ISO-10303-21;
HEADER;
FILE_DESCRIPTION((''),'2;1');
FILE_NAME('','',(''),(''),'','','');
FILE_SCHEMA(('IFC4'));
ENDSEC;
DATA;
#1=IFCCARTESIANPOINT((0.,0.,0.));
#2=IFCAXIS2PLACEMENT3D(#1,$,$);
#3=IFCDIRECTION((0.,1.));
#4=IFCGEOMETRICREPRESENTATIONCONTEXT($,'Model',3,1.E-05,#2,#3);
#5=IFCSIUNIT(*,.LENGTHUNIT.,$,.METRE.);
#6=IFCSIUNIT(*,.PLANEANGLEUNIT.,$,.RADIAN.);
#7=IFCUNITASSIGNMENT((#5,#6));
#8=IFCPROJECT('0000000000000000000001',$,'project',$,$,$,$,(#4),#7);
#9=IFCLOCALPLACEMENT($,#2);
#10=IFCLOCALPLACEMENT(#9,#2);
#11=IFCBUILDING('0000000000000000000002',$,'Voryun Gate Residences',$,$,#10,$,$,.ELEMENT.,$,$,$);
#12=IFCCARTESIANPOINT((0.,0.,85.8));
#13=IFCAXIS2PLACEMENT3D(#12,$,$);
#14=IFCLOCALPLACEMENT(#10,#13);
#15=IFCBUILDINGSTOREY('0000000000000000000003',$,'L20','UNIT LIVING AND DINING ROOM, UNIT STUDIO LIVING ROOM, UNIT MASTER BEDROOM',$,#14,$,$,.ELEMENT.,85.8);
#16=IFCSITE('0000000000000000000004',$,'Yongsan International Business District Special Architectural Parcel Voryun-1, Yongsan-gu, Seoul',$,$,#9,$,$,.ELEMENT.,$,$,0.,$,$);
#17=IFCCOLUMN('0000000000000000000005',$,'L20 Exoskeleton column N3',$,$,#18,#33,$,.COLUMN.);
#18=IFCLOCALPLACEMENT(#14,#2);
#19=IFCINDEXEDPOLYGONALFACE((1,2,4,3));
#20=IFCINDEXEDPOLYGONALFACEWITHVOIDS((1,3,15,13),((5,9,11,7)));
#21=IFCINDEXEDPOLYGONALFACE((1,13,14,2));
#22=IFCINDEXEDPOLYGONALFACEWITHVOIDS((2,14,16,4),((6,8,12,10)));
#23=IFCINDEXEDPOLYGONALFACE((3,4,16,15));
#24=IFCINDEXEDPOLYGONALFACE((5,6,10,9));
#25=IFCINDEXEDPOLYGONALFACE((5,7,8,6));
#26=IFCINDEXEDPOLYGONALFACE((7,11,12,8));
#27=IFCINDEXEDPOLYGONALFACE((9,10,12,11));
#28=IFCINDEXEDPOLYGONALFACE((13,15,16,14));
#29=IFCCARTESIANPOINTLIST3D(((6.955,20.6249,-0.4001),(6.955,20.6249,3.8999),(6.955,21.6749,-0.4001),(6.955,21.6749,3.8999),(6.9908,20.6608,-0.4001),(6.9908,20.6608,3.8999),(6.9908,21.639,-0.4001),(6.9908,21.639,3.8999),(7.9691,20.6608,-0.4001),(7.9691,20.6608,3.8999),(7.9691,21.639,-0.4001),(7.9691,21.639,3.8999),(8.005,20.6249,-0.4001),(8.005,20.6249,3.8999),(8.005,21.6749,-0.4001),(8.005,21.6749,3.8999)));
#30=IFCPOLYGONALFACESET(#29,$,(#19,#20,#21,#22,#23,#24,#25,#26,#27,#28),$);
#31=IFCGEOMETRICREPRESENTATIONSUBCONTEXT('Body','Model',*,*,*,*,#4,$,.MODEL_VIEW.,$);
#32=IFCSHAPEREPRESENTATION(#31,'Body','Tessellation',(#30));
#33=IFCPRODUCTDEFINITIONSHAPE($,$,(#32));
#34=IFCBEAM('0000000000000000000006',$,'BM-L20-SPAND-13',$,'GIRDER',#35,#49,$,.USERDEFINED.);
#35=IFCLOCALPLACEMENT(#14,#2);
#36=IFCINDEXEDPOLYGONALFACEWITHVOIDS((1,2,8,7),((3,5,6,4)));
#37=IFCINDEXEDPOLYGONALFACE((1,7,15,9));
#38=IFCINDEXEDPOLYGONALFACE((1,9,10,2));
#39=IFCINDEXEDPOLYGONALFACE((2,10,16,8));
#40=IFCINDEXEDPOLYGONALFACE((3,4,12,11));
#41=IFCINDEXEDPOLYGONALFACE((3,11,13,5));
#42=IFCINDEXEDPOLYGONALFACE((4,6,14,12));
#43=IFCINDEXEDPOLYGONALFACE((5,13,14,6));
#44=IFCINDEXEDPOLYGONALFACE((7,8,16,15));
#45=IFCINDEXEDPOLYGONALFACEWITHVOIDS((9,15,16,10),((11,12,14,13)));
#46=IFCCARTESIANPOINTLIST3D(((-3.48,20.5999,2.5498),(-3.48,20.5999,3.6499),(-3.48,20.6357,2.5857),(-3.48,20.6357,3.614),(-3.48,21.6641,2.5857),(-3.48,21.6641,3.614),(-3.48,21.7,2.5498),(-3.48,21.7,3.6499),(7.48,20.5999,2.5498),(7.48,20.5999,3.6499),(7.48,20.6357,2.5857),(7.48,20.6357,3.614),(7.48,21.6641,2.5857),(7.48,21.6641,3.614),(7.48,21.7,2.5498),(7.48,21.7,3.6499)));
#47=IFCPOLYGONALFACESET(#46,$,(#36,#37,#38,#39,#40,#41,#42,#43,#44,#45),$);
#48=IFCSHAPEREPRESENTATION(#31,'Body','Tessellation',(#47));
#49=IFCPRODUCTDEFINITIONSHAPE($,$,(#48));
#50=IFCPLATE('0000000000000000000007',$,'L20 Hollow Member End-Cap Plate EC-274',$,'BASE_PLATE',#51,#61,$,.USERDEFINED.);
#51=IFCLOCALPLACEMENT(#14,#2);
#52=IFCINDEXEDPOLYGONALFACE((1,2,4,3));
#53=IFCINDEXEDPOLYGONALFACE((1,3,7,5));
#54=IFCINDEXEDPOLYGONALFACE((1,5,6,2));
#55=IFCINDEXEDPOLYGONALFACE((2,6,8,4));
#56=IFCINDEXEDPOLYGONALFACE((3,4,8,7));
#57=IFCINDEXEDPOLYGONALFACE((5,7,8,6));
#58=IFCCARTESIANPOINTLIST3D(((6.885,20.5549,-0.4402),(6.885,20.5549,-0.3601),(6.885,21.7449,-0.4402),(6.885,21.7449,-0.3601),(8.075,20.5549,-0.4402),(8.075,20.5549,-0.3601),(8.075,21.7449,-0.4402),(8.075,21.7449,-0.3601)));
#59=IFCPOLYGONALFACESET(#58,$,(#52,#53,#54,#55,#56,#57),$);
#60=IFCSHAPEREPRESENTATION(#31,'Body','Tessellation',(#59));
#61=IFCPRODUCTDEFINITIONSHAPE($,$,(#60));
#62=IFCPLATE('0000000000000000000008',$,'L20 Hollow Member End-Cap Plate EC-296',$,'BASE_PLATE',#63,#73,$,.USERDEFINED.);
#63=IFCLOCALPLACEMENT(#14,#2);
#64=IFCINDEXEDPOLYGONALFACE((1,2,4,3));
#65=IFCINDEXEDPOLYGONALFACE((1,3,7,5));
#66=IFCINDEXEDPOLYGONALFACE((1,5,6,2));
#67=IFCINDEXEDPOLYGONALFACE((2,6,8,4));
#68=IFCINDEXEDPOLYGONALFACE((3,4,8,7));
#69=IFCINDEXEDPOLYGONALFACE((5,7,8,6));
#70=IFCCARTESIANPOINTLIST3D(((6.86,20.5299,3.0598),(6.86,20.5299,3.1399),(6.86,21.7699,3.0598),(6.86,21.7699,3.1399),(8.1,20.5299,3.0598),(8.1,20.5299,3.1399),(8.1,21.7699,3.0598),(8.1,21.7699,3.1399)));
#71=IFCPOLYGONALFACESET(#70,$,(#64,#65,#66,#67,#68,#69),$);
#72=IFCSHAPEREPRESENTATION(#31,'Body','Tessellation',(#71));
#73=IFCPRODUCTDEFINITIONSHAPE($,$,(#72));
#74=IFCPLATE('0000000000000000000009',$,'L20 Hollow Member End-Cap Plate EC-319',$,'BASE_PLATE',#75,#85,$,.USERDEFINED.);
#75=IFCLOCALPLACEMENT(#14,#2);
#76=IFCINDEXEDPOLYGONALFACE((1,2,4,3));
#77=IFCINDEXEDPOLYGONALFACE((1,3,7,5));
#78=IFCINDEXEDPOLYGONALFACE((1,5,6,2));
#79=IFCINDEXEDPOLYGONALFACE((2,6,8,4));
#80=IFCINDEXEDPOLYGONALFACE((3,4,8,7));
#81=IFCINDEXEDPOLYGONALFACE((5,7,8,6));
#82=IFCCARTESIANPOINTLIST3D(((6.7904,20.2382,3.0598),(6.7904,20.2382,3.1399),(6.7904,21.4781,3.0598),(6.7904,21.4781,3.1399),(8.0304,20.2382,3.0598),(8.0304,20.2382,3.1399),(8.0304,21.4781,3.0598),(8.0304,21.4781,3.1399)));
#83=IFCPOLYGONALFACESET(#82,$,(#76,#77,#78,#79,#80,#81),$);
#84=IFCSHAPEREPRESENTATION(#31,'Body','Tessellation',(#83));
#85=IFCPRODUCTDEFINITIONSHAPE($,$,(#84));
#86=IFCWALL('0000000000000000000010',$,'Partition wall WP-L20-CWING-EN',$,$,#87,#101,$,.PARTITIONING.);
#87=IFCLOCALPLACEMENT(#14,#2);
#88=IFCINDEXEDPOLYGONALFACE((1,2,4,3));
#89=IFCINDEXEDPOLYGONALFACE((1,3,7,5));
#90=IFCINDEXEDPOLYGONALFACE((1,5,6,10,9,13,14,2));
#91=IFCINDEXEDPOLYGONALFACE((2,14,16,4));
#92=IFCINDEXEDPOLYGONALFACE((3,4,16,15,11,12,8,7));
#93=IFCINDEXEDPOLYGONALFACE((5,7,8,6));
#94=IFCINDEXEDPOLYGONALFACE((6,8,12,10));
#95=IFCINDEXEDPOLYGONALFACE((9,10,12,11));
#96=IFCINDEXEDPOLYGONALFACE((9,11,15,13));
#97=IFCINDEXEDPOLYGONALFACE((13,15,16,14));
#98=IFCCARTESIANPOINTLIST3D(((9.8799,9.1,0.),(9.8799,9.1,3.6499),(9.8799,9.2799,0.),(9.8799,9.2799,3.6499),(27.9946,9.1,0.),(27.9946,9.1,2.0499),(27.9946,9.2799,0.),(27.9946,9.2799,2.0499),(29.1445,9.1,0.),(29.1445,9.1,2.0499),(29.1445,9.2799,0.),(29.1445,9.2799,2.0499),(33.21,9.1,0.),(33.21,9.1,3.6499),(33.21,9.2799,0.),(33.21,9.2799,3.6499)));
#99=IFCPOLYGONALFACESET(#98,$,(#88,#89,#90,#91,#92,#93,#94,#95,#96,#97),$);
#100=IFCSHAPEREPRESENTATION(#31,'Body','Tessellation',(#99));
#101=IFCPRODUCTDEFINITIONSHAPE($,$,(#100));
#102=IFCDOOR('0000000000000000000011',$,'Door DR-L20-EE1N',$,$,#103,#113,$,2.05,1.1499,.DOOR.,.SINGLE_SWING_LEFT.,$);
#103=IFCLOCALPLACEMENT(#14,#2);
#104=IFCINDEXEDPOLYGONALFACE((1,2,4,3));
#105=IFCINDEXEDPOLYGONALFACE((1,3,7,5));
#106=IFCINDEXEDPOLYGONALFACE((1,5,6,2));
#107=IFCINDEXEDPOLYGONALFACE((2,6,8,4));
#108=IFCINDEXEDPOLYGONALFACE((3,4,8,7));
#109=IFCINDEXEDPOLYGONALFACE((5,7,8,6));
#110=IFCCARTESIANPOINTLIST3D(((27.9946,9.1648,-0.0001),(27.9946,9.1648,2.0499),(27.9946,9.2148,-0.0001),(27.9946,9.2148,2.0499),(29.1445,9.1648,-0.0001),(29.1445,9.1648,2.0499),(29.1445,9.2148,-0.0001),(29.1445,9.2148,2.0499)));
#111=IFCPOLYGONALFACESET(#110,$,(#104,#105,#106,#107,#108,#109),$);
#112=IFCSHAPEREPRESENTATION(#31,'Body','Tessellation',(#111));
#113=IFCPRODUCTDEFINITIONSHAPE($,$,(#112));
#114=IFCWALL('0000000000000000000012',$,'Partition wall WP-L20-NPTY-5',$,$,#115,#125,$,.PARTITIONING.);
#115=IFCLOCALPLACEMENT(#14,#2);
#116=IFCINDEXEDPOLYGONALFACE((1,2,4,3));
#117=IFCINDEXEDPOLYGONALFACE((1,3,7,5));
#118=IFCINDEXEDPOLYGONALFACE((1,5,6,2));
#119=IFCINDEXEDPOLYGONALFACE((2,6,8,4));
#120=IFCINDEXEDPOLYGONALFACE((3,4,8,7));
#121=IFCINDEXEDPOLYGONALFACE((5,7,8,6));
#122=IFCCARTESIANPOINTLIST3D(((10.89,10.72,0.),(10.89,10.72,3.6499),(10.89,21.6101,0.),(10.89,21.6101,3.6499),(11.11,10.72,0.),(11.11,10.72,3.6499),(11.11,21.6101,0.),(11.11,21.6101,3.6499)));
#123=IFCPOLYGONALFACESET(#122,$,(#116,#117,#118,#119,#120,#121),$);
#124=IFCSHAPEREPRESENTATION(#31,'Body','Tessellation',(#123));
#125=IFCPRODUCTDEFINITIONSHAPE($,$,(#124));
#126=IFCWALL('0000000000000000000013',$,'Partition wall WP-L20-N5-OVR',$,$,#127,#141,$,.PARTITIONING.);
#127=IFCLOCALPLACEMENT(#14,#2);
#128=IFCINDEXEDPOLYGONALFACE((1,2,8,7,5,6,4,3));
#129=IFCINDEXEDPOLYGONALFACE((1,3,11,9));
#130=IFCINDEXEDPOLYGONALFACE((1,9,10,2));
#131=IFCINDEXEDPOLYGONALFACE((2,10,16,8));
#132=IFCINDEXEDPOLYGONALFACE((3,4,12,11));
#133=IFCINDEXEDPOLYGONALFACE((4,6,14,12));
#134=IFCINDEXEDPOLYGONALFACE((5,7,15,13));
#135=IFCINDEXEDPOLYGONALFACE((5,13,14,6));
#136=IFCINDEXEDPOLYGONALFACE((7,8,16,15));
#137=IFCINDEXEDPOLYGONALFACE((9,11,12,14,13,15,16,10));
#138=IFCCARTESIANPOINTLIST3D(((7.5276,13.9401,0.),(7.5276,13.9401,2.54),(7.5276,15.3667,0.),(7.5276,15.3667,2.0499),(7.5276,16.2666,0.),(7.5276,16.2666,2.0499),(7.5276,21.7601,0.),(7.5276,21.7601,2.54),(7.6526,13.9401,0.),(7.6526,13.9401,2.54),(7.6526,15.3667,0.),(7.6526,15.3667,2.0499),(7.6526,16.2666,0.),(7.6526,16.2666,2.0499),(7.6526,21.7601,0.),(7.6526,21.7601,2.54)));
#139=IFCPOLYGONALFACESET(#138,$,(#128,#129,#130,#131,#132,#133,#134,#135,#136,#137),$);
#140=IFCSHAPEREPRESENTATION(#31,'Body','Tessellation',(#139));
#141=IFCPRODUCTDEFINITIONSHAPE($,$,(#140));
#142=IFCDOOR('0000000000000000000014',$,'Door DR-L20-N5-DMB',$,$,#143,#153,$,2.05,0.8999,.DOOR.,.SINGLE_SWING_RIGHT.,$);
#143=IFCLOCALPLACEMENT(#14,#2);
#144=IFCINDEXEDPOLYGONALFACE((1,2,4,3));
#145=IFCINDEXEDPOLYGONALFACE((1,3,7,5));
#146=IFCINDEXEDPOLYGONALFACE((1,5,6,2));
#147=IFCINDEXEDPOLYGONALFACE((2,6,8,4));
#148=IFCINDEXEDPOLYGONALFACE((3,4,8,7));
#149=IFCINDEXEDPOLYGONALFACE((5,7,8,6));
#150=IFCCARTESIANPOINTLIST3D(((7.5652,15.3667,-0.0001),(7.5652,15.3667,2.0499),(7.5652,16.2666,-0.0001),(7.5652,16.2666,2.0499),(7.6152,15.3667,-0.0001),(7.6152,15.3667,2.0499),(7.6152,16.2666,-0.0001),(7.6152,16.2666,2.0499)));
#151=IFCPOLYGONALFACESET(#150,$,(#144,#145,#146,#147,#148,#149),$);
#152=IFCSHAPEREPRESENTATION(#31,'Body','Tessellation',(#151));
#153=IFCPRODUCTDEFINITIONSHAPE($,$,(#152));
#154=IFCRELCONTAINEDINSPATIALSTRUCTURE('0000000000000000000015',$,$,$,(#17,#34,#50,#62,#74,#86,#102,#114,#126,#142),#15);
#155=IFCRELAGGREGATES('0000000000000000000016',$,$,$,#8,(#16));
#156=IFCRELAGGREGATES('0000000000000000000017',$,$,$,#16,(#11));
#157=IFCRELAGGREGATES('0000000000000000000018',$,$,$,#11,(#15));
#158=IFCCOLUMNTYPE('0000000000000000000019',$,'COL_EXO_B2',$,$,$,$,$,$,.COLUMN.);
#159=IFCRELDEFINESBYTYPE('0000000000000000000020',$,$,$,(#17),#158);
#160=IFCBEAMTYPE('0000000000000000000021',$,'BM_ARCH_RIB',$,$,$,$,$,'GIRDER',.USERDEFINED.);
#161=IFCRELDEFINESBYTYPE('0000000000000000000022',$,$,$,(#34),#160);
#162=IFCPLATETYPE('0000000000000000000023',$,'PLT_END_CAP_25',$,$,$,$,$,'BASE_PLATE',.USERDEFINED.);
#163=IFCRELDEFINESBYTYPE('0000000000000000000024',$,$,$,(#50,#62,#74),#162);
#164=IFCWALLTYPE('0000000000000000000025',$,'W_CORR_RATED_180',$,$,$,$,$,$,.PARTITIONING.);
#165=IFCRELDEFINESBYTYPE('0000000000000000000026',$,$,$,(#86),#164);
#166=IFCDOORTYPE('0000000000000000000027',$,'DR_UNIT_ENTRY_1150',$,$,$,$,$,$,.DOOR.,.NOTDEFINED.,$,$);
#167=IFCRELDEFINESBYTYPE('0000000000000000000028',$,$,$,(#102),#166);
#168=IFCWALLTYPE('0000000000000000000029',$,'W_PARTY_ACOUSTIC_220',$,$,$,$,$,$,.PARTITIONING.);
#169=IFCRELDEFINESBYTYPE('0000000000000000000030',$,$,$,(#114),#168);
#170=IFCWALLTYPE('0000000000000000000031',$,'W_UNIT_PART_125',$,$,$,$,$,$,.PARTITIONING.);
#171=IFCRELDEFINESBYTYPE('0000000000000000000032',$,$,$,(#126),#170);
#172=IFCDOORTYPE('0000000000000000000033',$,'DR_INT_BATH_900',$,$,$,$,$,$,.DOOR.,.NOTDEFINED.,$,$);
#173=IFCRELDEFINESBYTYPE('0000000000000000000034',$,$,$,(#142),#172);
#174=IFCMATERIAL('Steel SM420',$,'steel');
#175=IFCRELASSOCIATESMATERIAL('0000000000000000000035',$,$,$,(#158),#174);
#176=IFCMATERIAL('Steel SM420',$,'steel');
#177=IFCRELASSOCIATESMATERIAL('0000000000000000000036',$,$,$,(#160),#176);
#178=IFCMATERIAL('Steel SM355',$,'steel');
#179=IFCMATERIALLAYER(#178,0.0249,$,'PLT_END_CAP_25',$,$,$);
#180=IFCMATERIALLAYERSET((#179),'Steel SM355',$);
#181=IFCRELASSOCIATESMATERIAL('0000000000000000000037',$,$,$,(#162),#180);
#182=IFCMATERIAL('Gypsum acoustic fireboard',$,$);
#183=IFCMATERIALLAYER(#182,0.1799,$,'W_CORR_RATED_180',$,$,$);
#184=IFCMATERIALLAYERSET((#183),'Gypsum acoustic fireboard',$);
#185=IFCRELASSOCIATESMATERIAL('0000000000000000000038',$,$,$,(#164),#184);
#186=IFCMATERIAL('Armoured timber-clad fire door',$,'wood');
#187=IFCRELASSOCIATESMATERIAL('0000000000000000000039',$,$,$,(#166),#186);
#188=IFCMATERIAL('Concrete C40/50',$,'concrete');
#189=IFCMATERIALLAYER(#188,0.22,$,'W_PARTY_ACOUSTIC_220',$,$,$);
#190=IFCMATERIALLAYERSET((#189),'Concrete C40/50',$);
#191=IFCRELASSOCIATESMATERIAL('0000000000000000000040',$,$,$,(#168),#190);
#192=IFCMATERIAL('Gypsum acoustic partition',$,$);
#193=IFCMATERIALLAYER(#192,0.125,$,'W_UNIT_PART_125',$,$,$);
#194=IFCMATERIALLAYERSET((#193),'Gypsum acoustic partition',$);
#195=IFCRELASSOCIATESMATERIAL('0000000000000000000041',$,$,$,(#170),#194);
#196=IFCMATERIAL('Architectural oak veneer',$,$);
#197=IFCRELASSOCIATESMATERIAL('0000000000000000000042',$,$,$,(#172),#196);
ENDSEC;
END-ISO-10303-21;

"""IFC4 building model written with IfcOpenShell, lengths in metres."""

from ifc_helpers import new_model, si_unit, direction, frame, frame_2d, origin, origin_2d, place, context, subcontext, project, spatial, rectangle, hollow_rectangle, extrude, material, layer, layer_set, material_profile, profile_set, type_object, element, fill, save


model = new_model("IFC4")

# Units and contexts
model_context = context("Model", 3, precision=1e-05, world=origin(), true_north=direction((0.0, 1.0)))
body_context = subcontext(model_context, "Body", "Model", "MODEL_VIEW")
ifc_project = project(units=[si_unit("LENGTHUNIT", "METRE"), si_unit("PLANEANGLEUNIT", "RADIAN")], contexts=[model_context])

# Site, building, storey
site_placement = place(None, origin())
site = spatial("IfcSite", under=ifc_project, at=site_placement, Name="Yongsan International Business District Special Architectural Parcel Voryun-1, Yongsan-gu, Seoul", CompositionType="ELEMENT", RefElevation=0.0)
building_placement = place(site_placement, origin())
building = spatial("IfcBuilding", under=site, at=building_placement, Name="Voryun Gate Residences", CompositionType="ELEMENT")
storey_placement = place(building_placement, frame((0.0, 0.0, 85.8)))
storey = spatial("IfcBuildingStorey", under=building, at=storey_placement, Name="L20", Description="UNIT LIVING AND DINING ROOM, UNIT STUDIO LIVING ROOM, UNIT MASTER BEDROOM", CompositionType="ELEMENT", Elevation=85.8)

# Column
ifc_material_1 = material(Name="Steel SM420", Category="steel")
ifc_material_profile_1 = material_profile(ifc_material_1, hollow_rectangle(XDim=1.05, YDim=1.05, WallThickness=0.0359, at=origin_2d()), Name="BOX-1050x1050x36")
ifc_profile_set_1 = profile_set([ifc_material_profile_1], Name="Steel SM420")
column_type = type_object("IfcColumnType", Name="COL_EXO_B2", PredefinedType="COLUMN", material=ifc_profile_set_1)
column_placement = place(storey_placement, frame((7.48, 21.1499, -0.4001), z_axis=(0.0, 0.0, 1.0), x_axis=(1.0, 0.0, 0.0)))
element("IfcColumn", 1, at=column_placement, inside=storey, type_object=column_type, Name="L20 Exoskeleton column N3", PredefinedType="COLUMN", context=body_context, shape_type="SweptSolid", body=[
    extrude(hollow_rectangle(XDim=1.05, YDim=1.05, WallThickness=0.0359, at=origin_2d()), origin(), (0.0, 0.0, 1.0), 4.3),
])

# Beam
ifc_material_2 = material(Name="Steel SM420", Category="steel")
ifc_material_profile_2 = material_profile(ifc_material_2, hollow_rectangle(XDim=1.1001, YDim=1.1001, WallThickness=0.0359, at=origin_2d()), Name="BOX-1100x1100x36")
ifc_profile_set_2 = profile_set([ifc_material_profile_2], Name="Steel SM420")
beam_type = type_object("IfcBeamType", Name="BM_ARCH_RIB", ElementType="GIRDER", PredefinedType="USERDEFINED", material=ifc_profile_set_2)
beam_placement = place(storey_placement, frame((7.48, 21.1499, 3.0999), z_axis=(-1.0, 0.0, 0.0), x_axis=(0.0, -1.0, 0.0)))
element("IfcBeam", 2, at=beam_placement, inside=storey, type_object=beam_type, Name="BM-L20-SPAND-13", ObjectType="GIRDER", PredefinedType="USERDEFINED", context=body_context, shape_type="SweptSolid", body=[
    extrude(hollow_rectangle(XDim=1.1001, YDim=1.1001, WallThickness=0.0359, at=origin_2d()), origin(), (0.0, 0.0, 1.0), 10.96),
])

# Plates
ifc_material_3 = material(Name="Steel SM355", Category="steel")
ifc_layer_1 = layer(ifc_material_3, 0.0249, Name="PLT_END_CAP_25")
ifc_layer_set_1 = layer_set([ifc_layer_1], Name="Steel SM355")
plate_type = type_object("IfcPlateType", Name="PLT_END_CAP_25", ElementType="BASE_PLATE", PredefinedType="USERDEFINED", material=ifc_layer_set_1)
plate_placement = place(storey_placement, frame((7.48, 21.1499, -0.4402), z_axis=(0.0, 0.0, 1.0), x_axis=(1.0, 0.0, 0.0)))
element("IfcPlate", 3, at=plate_placement, inside=storey, type_object=plate_type, Name="L20 Hollow Member End-Cap Plate EC-274", ObjectType="BASE_PLATE", PredefinedType="USERDEFINED", context=body_context, shape_type="SweptSolid", body=[
    extrude(rectangle(XDim=1.1899, YDim=1.1899, at=origin_2d()), origin(), (0.0, 0.0, 1.0), 0.0801),
])
for number, where, z_axis, x_axis, name in (
    (4, (7.48, 21.1499, 3.0598), (0.0, 0.0, 1.0), (1.0, 0.0, 0.0), "L20 Hollow Member End-Cap Plate EC-296"),
    (5, (7.4104, 20.8582, 3.0598), (0.0, 0.0, 1.0), (1.0, 0.0, 0.0), "L20 Hollow Member End-Cap Plate EC-319"),
):
    element("IfcPlate", number, at=place(storey_placement, frame(where, z_axis=z_axis, x_axis=x_axis)), inside=storey, type_object=plate_type, Name=name, ObjectType="BASE_PLATE", PredefinedType="USERDEFINED", context=body_context, shape_type="SweptSolid", body=[
        extrude(rectangle(XDim=1.24, YDim=1.24, at=origin_2d()), origin(), (0.0, 0.0, 1.0), 0.0801),
    ])

# Wall, opening, door
ifc_material_4 = material(Name="Gypsum acoustic fireboard")
ifc_layer_2 = layer(ifc_material_4, 0.1799, Name="W_CORR_RATED_180")
ifc_layer_set_2 = layer_set([ifc_layer_2], Name="Gypsum acoustic fireboard")
wall_type_1 = type_object("IfcWallType", Name="W_CORR_RATED_180", PredefinedType="PARTITIONING", material=ifc_layer_set_2)
wall_1_placement = place(storey_placement, frame((9.8799, 9.1899, 0.0), z_axis=(0.0, 0.0, 1.0), x_axis=(1.0, 0.0, 0.0)))
wall_1 = element("IfcWall", 6, at=wall_1_placement, inside=storey, type_object=wall_type_1, Name="Partition wall WP-L20-CWING-EN", PredefinedType="PARTITIONING", context=body_context, shape_type="SweptSolid", body=[
    extrude(rectangle(XDim=23.3301, YDim=0.1799, at=frame_2d((11.665, 0.0))), origin(), (0.0, 0.0, 1.0), 3.6499),
])
opening_1_placement = place(wall_1_placement, frame((18.1147, 0.0, 0.0)))
opening_1 = element("IfcOpeningElement", 7, at=opening_1_placement, cuts=wall_1, PredefinedType="OPENING", context=body_context, shape_type="SweptSolid", body=[
    extrude(rectangle(XDim=1.1499, YDim=2.05, at=frame_2d((0.575, 1.0249))), frame((0.0, 0.0999, 0.0), z_axis=(0.0, -1.0, 0.0), x_axis=(1.0, 0.0, 0.0)), (0.0, 0.0, 1.0), 0.2),
])
ifc_material_5 = material(Name="Armoured timber-clad fire door", Category="wood")
door_type_1 = type_object("IfcDoorType", Name="DR_UNIT_ENTRY_1150", OperationType="NOTDEFINED", PredefinedType="DOOR", material=ifc_material_5)
door_1_placement = place(opening_1_placement, origin())
door_1 = element("IfcDoor", 8, at=door_1_placement, inside=storey, type_object=door_type_1, Name="Door DR-L20-EE1N", OperationType="SINGLE_SWING_LEFT", OverallHeight=2.05, OverallWidth=1.1499, PredefinedType="DOOR", context=body_context, shape_type="SweptSolid", body=[
    extrude(rectangle(XDim=1.1499, YDim=2.05, at=frame_2d((0.575, 1.0249))), frame((0.0, 0.0249, 0.0), z_axis=(0.0, -1.0, 0.0), x_axis=(1.0, 0.0, 0.0)), (0.0, 0.0, 1.0), 0.05),
])
fill(opening_1, door_1)

# Wall
ifc_material_6 = material(Name="Concrete C40/50", Category="concrete")
ifc_layer_3 = layer(ifc_material_6, 0.22, Name="W_PARTY_ACOUSTIC_220")
ifc_layer_set_3 = layer_set([ifc_layer_3], Name="Concrete C40/50")
wall_type_2 = type_object("IfcWallType", Name="W_PARTY_ACOUSTIC_220", PredefinedType="PARTITIONING", material=ifc_layer_set_3)
wall_2_placement = place(storey_placement, frame((11.0, 10.72, 0.0), z_axis=(0.0, 0.0, 1.0), x_axis=(0.0, 1.0, 0.0)))
element("IfcWall", 9, at=wall_2_placement, inside=storey, type_object=wall_type_2, Name="Partition wall WP-L20-NPTY-5", PredefinedType="PARTITIONING", context=body_context, shape_type="SweptSolid", body=[
    extrude(rectangle(XDim=10.8901, YDim=0.22, at=frame_2d((5.4451, 0.0))), origin(), (0.0, 0.0, 1.0), 3.6499),
])

# Wall, opening, door
ifc_material_7 = material(Name="Gypsum acoustic partition")
ifc_layer_4 = layer(ifc_material_7, 0.125, Name="W_UNIT_PART_125")
ifc_layer_set_4 = layer_set([ifc_layer_4], Name="Gypsum acoustic partition")
wall_type_3 = type_object("IfcWallType", Name="W_UNIT_PART_125", PredefinedType="PARTITIONING", material=ifc_layer_set_4)
wall_3_placement = place(storey_placement, frame((7.5901, 13.9399, 0.0), z_axis=(0.0, 0.0, 1.0), x_axis=(0.0, 1.0, 0.0)))
wall_3 = element("IfcWall", 10, at=wall_3_placement, inside=storey, type_object=wall_type_3, Name="Partition wall WP-L20-N5-OVR", PredefinedType="PARTITIONING", context=body_context, shape_type="SweptSolid", body=[
    extrude(rectangle(XDim=7.8201, YDim=0.125, at=frame_2d((3.9102, 0.0))), origin(), (0.0, 0.0, 1.0), 2.54),
])
opening_2_placement = place(wall_3_placement, frame((1.4268, 0.0, 0.0)))
opening_2 = element("IfcOpeningElement", 11, at=opening_2_placement, cuts=wall_3, PredefinedType="OPENING", context=body_context, shape_type="SweptSolid", body=[
    extrude(rectangle(XDim=0.8999, YDim=2.05, at=frame_2d((0.45, 1.0249))), frame((0.0, 0.0725, 0.0), z_axis=(0.0, -1.0, 0.0), x_axis=(1.0, 0.0, 0.0)), (0.0, 0.0, 1.0), 0.145),
])
ifc_material_8 = material(Name="Architectural oak veneer")
door_type_2 = type_object("IfcDoorType", Name="DR_INT_BATH_900", OperationType="NOTDEFINED", PredefinedType="DOOR", material=ifc_material_8)
door_2_placement = place(opening_2_placement, origin())
door_2 = element("IfcDoor", 12, at=door_2_placement, inside=storey, type_object=door_type_2, Name="Door DR-L20-N5-DMB", OperationType="SINGLE_SWING_RIGHT", OverallHeight=2.05, OverallWidth=0.8999, PredefinedType="DOOR", context=body_context, shape_type="SweptSolid", body=[
    extrude(rectangle(XDim=0.8999, YDim=2.05, at=frame_2d((0.45, 1.0249))), frame((0.0, 0.0249, 0.0), z_axis=(0.0, -1.0, 0.0), x_axis=(1.0, 0.0, 0.0)), (0.0, 0.0, 1.0), 0.05),
])
fill(opening_2, door_2)

save(model, "model.ifc")
